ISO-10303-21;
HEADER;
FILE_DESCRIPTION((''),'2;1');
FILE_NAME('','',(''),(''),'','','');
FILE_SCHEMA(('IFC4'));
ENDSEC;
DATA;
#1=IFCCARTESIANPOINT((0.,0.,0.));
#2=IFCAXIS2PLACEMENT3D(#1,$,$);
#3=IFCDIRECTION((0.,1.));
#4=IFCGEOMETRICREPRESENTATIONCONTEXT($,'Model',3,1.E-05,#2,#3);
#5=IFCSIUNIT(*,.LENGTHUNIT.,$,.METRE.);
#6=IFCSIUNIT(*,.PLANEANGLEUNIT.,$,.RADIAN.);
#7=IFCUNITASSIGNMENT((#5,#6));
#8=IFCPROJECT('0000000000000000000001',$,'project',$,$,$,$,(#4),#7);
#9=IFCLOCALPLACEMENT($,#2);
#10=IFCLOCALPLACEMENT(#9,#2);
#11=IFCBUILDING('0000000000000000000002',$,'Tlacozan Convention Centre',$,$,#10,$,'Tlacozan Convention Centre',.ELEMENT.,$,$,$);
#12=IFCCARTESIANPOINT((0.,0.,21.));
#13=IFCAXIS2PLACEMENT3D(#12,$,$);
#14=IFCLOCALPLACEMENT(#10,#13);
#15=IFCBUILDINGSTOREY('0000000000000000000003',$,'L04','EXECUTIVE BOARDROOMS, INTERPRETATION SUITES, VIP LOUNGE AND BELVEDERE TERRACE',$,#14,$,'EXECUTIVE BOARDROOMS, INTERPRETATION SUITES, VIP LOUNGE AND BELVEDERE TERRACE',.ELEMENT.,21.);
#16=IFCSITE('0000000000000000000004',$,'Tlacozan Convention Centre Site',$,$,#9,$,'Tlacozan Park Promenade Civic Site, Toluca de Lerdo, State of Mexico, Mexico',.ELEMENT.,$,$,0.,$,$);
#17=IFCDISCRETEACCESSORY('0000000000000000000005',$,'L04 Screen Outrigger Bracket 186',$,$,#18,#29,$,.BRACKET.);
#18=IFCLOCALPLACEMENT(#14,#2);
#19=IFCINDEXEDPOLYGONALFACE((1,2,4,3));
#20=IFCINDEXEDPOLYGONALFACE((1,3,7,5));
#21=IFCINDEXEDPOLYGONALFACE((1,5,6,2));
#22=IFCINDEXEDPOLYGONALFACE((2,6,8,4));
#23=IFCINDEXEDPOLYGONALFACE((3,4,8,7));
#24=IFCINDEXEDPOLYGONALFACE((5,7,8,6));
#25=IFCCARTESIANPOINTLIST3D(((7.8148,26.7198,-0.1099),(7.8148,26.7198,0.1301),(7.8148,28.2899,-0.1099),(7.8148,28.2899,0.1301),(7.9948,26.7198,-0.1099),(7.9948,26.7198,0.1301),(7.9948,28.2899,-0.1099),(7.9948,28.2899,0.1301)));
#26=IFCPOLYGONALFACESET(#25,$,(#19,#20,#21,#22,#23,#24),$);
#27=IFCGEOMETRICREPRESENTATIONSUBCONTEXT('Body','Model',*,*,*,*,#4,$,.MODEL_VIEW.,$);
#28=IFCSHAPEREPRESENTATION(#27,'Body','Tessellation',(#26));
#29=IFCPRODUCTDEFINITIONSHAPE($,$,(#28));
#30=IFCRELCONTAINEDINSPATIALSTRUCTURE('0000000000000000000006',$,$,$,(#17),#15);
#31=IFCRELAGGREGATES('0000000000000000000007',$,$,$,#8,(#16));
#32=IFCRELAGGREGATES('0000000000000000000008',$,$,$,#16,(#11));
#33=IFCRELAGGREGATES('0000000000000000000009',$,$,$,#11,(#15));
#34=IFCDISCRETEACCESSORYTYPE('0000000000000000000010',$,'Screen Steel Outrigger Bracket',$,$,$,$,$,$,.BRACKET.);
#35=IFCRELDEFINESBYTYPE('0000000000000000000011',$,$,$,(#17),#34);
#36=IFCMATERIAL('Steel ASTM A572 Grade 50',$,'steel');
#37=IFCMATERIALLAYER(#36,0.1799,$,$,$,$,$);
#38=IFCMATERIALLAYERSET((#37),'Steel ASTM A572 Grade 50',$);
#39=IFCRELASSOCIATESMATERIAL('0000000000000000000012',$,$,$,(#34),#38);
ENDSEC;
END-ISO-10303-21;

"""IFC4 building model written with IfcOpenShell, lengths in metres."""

from ifc_helpers import new_model, si_unit, direction, frame, origin, origin_2d, place, context, subcontext, project, spatial, rectangle, extrude, material, layer, layer_set, type_object, element, save


model = new_model("IFC4")

# Units and contexts
model_context = context("Model", 3, precision=1e-05, world=origin(), true_north=direction((0.0, 1.0)))
body_context = subcontext(model_context, "Body", "Model", "MODEL_VIEW")
ifc_project = project(units=[si_unit("LENGTHUNIT", "METRE"), si_unit("PLANEANGLEUNIT", "RADIAN")], contexts=[model_context])

# Site, building, storey
site_placement = place(None, origin())
site = spatial("IfcSite", under=ifc_project, at=site_placement, Name="Tlacozan Convention Centre Site", LongName="Tlacozan Park Promenade Civic Site, Toluca de Lerdo, State of Mexico, Mexico", CompositionType="ELEMENT", RefElevation=0.0)
building_placement = place(site_placement, origin())
building = spatial("IfcBuilding", under=site, at=building_placement, Name="Tlacozan Convention Centre", LongName="Tlacozan Convention Centre", CompositionType="ELEMENT")
storey_placement = place(building_placement, frame((0.0, 0.0, 21.0)))
storey = spatial("IfcBuildingStorey", under=building, at=storey_placement, Name="L04", Description="EXECUTIVE BOARDROOMS, INTERPRETATION SUITES, VIP LOUNGE AND BELVEDERE TERRACE", LongName="EXECUTIVE BOARDROOMS, INTERPRETATION SUITES, VIP LOUNGE AND BELVEDERE TERRACE", CompositionType="ELEMENT", Elevation=21.0)

# Discrete accessory
ifc_material_1 = material(Name="Steel ASTM A572 Grade 50", Category="steel")
ifc_layer_1 = layer(ifc_material_1, 0.1799)
ifc_layer_set_1 = layer_set([ifc_layer_1], Name="Steel ASTM A572 Grade 50")
discrete_accessory_type = type_object("IfcDiscreteAccessoryType", Name="Screen Steel Outrigger Bracket", PredefinedType="BRACKET", material=ifc_layer_set_1)
discrete_accessory_placement = place(storey_placement, frame((7.9048, 27.5049, -0.1099), z_axis=(0.0, 0.0, 1.0), x_axis=(0.0, -1.0, 0.0)))
element("IfcDiscreteAccessory", 1, at=discrete_accessory_placement, inside=storey, type_object=discrete_accessory_type, Name="L04 Screen Outrigger Bracket 186", PredefinedType="BRACKET", context=body_context, shape_type="SweptSolid", body=[
    extrude(rectangle(XDim=1.5701, YDim=0.1799, at=origin_2d()), origin(), (0.0, 0.0, 1.0), 0.24),
])

save(model, "model.ifc")
